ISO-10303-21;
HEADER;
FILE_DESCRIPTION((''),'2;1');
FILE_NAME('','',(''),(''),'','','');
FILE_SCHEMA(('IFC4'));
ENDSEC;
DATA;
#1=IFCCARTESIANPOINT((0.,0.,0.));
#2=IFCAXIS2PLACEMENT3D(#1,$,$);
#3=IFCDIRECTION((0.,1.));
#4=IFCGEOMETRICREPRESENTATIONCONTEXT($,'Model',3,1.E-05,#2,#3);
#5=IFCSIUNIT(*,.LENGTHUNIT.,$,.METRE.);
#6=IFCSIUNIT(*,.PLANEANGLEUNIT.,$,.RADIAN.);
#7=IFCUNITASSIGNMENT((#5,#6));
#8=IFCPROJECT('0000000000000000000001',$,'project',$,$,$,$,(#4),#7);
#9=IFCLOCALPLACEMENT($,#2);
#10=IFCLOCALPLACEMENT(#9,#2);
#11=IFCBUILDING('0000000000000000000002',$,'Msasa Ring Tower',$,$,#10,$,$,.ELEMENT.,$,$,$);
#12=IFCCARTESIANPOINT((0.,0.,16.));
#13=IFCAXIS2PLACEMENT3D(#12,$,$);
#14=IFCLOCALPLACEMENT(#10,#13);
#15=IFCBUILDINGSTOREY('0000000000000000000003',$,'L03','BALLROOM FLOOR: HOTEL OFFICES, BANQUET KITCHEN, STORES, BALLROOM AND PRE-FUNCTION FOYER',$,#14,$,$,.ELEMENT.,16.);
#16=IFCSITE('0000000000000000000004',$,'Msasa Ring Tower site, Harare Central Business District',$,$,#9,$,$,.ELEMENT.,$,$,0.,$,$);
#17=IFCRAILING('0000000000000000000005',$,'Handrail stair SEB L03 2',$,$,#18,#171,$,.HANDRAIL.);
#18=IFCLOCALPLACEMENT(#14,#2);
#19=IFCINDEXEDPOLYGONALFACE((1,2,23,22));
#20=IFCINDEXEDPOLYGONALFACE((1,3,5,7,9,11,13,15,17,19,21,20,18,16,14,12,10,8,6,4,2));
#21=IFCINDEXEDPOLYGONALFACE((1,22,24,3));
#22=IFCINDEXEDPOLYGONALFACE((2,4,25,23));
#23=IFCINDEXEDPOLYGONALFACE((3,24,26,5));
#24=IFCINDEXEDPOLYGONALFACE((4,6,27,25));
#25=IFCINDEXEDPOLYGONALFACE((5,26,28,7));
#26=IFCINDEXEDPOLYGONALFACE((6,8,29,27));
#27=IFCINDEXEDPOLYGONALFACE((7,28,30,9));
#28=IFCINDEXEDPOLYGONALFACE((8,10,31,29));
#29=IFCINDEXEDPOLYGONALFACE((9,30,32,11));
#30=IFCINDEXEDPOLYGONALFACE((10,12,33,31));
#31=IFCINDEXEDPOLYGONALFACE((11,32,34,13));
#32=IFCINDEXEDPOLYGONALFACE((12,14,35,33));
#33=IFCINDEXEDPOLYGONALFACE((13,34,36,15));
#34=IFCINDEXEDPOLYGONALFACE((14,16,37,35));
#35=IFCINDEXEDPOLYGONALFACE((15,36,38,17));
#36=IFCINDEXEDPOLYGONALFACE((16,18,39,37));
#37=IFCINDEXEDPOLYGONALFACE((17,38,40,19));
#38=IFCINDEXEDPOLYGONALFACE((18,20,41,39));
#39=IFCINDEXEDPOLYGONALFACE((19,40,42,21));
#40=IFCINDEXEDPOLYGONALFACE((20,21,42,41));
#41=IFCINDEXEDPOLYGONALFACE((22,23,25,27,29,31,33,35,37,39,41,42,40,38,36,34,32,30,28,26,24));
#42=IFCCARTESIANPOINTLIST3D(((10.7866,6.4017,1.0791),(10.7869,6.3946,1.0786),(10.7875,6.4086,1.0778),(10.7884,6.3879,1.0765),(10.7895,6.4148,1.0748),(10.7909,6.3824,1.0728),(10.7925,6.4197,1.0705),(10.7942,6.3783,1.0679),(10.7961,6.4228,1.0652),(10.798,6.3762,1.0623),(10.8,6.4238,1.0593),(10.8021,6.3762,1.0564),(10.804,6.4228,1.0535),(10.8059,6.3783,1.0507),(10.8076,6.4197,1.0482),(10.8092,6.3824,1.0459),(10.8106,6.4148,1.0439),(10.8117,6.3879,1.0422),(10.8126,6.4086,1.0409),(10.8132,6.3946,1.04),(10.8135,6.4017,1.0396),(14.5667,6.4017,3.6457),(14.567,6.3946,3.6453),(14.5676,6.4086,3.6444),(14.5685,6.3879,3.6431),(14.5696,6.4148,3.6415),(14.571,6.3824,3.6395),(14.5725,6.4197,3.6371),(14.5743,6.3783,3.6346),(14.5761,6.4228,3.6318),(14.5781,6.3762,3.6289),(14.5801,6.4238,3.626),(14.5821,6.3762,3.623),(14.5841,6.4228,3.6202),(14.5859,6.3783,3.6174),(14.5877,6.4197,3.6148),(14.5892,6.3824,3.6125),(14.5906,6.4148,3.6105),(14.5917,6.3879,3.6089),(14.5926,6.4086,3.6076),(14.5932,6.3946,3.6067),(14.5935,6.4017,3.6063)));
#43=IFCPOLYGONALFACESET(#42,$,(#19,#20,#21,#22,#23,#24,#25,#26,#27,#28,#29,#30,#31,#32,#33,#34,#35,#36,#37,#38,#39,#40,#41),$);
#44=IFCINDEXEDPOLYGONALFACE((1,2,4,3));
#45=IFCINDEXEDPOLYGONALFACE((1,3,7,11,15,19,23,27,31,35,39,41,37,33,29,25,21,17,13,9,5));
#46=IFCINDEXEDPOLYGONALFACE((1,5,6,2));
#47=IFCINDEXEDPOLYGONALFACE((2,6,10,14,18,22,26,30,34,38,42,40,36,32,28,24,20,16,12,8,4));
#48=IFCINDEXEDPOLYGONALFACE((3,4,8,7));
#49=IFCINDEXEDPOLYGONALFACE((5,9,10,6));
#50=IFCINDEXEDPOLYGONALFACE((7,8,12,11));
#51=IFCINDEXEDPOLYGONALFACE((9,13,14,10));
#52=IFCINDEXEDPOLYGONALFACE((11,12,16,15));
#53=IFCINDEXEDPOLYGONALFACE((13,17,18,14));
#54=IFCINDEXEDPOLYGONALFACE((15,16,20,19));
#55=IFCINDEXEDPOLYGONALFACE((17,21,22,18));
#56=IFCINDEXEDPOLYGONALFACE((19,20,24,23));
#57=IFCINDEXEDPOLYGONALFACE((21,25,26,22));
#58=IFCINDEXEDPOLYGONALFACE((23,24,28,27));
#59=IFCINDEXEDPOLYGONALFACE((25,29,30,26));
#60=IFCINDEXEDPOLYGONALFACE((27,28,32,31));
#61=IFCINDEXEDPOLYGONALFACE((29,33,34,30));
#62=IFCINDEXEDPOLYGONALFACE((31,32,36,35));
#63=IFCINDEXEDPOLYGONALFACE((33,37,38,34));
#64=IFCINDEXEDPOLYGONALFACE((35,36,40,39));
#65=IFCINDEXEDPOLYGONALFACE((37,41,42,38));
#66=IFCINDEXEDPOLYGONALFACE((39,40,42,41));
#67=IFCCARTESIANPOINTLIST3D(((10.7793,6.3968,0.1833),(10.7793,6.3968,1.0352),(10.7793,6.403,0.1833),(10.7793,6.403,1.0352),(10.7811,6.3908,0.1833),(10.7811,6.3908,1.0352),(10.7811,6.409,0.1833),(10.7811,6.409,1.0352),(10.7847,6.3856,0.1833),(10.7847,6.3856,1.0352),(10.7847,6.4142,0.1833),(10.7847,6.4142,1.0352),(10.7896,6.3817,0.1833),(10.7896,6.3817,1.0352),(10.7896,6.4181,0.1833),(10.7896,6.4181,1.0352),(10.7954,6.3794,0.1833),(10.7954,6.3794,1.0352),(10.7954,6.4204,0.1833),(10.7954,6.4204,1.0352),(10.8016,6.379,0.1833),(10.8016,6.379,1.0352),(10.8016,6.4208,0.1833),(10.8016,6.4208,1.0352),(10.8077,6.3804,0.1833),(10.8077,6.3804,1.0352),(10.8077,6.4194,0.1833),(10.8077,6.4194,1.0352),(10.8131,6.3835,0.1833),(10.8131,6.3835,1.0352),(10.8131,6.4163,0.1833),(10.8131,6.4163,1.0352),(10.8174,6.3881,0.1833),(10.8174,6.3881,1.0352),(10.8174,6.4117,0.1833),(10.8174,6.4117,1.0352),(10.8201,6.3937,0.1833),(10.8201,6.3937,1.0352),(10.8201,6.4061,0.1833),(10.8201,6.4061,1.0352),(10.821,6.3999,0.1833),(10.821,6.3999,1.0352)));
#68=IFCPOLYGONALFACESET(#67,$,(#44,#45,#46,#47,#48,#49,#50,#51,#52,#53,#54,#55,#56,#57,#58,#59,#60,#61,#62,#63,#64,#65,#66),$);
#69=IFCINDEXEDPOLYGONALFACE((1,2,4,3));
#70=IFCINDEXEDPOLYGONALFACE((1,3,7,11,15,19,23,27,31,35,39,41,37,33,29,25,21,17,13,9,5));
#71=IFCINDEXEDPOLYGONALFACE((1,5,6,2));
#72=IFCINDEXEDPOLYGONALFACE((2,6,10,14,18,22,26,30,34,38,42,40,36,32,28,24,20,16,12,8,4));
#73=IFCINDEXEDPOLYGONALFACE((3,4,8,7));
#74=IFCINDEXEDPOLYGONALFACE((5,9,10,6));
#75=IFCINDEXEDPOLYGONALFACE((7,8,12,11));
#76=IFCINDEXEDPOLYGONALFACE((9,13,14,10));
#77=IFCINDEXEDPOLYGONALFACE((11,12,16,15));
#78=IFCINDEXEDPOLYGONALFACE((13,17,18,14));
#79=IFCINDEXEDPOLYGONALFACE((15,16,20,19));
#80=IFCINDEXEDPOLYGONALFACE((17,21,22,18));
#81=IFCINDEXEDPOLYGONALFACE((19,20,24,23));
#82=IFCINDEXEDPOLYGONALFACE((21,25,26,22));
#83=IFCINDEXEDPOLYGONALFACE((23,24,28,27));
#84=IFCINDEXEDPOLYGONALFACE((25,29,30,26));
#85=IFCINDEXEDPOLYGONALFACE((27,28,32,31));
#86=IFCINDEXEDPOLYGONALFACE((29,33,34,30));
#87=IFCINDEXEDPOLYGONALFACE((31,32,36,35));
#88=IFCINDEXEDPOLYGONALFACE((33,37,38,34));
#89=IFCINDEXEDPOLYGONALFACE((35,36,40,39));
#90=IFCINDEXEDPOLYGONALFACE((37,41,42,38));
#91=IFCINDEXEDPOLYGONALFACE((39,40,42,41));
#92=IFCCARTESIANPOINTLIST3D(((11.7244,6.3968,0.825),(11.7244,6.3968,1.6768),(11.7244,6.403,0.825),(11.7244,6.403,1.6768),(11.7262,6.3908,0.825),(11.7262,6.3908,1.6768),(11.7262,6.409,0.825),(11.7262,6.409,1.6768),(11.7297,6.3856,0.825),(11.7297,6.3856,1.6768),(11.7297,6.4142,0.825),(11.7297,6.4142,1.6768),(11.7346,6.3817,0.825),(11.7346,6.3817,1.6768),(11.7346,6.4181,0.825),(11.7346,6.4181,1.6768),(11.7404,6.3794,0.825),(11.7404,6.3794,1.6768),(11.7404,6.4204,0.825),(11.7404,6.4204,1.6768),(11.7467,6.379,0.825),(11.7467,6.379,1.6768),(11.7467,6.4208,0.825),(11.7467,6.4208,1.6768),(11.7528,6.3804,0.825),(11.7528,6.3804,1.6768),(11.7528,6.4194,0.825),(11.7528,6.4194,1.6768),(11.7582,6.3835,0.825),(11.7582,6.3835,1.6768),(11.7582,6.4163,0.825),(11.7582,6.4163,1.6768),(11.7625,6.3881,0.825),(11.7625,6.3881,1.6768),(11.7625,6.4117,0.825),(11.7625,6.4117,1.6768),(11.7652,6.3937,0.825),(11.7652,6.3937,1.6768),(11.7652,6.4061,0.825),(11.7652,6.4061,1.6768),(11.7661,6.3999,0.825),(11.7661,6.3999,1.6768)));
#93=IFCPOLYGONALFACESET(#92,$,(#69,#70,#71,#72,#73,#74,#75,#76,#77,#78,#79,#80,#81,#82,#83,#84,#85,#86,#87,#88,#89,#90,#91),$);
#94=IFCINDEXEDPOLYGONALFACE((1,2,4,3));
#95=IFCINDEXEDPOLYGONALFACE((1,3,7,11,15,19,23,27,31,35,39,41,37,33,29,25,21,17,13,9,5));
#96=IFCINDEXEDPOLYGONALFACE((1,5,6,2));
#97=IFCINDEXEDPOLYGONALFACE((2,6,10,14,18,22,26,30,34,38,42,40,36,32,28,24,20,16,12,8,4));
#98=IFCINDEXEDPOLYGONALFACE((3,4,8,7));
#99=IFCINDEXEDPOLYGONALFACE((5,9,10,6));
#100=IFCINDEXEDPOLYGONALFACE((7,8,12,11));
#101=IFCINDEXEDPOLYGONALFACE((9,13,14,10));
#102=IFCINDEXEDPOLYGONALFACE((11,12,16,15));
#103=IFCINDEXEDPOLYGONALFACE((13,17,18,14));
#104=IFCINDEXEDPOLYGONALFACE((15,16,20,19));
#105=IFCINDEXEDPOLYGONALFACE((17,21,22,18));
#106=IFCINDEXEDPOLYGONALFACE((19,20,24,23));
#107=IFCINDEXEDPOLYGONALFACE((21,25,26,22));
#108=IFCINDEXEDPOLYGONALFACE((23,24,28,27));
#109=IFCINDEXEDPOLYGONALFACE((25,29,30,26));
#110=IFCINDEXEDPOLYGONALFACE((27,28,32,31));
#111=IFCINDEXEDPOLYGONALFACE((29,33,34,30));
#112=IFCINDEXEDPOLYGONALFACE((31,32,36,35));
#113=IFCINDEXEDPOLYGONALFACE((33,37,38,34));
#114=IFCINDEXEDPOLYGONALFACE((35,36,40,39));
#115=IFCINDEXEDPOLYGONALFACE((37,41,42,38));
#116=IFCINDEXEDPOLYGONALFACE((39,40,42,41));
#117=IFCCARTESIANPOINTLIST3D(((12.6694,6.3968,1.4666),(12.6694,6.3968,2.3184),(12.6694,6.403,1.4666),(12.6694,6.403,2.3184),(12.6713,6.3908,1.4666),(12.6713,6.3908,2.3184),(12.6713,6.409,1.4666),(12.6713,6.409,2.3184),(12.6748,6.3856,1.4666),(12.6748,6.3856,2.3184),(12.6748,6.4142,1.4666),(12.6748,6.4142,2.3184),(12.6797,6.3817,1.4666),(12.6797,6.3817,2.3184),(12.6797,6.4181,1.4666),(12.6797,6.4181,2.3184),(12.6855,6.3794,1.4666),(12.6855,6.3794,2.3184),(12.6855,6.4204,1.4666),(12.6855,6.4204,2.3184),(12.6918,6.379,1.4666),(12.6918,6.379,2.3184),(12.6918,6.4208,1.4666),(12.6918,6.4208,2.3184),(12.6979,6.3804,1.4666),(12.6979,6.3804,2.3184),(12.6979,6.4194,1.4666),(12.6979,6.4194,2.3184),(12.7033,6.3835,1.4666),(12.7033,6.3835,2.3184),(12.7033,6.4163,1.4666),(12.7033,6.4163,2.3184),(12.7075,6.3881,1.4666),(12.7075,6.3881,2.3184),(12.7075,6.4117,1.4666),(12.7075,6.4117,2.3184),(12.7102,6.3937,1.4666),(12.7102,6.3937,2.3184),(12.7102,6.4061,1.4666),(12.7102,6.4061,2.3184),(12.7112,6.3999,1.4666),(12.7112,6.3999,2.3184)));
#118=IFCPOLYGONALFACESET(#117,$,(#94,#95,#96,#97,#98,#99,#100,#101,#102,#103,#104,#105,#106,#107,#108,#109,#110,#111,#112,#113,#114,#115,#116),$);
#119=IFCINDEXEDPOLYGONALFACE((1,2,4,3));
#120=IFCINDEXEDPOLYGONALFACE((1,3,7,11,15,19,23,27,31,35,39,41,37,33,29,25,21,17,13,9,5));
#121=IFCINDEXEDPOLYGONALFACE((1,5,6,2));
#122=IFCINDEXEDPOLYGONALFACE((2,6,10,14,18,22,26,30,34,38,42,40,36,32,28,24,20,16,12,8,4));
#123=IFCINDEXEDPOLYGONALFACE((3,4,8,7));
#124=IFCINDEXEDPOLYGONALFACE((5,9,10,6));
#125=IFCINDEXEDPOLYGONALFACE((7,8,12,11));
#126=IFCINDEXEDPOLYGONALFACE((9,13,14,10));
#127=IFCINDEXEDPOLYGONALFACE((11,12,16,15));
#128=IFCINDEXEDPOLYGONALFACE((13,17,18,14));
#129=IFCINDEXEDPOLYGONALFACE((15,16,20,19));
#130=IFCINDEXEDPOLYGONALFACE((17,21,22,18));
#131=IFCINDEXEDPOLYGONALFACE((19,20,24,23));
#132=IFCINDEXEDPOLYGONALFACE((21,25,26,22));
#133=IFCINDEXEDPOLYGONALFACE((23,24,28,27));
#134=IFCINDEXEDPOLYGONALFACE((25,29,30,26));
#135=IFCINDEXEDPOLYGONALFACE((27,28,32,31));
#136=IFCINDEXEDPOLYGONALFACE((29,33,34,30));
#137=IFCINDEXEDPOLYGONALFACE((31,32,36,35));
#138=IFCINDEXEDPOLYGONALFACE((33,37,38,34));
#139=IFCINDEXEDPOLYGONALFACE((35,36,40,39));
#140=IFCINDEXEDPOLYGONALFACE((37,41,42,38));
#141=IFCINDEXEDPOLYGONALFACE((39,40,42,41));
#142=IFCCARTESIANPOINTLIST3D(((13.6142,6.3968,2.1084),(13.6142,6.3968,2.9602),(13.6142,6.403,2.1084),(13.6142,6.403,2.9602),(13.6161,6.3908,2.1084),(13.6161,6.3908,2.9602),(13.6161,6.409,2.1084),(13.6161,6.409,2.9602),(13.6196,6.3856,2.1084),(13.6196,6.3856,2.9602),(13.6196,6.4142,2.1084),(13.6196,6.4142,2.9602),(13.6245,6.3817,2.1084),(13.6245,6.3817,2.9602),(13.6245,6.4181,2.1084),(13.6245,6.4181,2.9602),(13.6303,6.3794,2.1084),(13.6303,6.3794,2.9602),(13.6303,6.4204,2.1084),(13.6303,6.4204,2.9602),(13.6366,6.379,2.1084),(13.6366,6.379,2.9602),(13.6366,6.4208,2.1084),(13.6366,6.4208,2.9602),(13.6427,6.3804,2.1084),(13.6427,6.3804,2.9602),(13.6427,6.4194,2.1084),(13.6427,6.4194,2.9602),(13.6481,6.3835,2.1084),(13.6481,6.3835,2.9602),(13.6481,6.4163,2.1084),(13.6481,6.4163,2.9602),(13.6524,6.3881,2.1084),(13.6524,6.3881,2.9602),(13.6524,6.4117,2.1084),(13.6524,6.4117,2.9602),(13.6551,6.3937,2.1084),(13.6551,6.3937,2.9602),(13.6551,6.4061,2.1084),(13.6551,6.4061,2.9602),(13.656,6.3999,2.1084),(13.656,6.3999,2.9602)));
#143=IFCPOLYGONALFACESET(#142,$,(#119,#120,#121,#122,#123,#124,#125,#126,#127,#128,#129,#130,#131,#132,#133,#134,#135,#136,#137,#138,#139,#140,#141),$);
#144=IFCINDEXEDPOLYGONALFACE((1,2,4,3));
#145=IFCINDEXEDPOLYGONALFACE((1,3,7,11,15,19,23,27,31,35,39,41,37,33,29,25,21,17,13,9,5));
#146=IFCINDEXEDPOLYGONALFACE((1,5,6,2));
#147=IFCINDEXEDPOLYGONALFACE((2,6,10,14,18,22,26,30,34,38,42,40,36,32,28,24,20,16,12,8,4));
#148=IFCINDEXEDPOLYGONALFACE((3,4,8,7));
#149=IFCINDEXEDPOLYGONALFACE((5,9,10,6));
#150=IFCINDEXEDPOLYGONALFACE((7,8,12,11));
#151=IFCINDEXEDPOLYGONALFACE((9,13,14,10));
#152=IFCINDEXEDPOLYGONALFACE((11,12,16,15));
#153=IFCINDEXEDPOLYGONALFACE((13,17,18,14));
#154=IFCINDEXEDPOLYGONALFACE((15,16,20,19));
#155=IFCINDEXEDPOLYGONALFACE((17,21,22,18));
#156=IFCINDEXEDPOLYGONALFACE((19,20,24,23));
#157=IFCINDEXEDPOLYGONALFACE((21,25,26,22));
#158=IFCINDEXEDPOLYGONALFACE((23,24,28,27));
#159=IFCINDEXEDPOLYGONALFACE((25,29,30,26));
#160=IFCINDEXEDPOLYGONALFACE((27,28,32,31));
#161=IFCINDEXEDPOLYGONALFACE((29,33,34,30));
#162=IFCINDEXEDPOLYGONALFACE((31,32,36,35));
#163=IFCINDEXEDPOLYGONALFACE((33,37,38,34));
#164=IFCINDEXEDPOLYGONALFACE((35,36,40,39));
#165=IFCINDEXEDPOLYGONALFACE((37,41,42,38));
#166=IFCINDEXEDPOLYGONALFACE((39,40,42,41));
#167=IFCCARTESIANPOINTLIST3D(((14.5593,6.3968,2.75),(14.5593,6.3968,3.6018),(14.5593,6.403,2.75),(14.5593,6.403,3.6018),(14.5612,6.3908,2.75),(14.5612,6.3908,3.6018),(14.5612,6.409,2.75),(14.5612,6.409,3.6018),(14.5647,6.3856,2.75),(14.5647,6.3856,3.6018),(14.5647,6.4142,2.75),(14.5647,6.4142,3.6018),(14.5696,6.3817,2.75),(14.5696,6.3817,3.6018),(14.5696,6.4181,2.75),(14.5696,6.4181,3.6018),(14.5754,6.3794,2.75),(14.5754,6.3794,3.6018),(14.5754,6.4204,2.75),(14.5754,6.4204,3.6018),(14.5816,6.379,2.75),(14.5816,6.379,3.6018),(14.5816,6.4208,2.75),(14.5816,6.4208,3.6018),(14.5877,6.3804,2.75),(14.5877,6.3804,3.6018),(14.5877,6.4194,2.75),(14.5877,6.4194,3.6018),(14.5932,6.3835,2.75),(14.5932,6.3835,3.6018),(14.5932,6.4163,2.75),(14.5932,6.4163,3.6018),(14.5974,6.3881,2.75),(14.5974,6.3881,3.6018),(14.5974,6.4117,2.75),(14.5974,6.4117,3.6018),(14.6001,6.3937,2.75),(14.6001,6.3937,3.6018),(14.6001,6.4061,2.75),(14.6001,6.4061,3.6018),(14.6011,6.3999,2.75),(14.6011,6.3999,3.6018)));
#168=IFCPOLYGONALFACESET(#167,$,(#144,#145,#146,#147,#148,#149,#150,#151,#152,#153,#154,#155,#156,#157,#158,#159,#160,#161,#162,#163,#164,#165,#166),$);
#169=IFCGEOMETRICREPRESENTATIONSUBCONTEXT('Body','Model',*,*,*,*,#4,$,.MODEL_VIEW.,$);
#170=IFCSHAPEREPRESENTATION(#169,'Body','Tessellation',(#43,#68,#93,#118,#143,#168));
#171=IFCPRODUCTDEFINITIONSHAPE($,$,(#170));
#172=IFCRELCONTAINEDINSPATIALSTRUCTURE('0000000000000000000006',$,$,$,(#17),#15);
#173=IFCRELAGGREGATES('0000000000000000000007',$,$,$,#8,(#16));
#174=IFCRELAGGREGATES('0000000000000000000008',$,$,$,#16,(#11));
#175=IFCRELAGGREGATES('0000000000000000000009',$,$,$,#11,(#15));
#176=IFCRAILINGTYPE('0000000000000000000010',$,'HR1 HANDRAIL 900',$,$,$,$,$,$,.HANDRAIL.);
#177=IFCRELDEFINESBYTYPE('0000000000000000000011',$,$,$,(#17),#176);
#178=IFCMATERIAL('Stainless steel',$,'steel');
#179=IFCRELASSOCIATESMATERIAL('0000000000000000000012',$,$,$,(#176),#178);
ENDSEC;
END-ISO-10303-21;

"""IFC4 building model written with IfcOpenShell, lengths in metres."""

from ifc_helpers import new_model, si_unit, direction, frame, origin, origin_2d, place, context, subcontext, project, spatial, circle, extrude, material, type_object, element, save


model = new_model("IFC4")

# Units and contexts
model_context = context("Model", 3, precision=1e-05, world=origin(), true_north=direction((0.0, 1.0)))
body_context = subcontext(model_context, "Body", "Model", "MODEL_VIEW")
ifc_project = project(units=[si_unit("LENGTHUNIT", "METRE"), si_unit("PLANEANGLEUNIT", "RADIAN")], contexts=[model_context])

# Site, building, storey
site_placement = place(None, origin())
site = spatial("IfcSite", under=ifc_project, at=site_placement, Name="Msasa Ring Tower site, Harare Central Business District", CompositionType="ELEMENT", RefElevation=0.0)
building_placement = place(site_placement, origin())
building = spatial("IfcBuilding", under=site, at=building_placement, Name="Msasa Ring Tower", CompositionType="ELEMENT")
storey_placement = place(building_placement, frame((0.0, 0.0, 16.0)))
storey = spatial("IfcBuildingStorey", under=building, at=storey_placement, Name="L03", Description="BALLROOM FLOOR: HOTEL OFFICES, BANQUET KITCHEN, STORES, BALLROOM AND PRE-FUNCTION FOYER", CompositionType="ELEMENT", Elevation=16.0)

# Railing
ifc_material_1 = material(Name="Stainless steel", Category="steel")
railing_type = type_object("IfcRailingType", Name="HR1 HANDRAIL 900", PredefinedType="HANDRAIL", material=ifc_material_1)
for number, where, name in (
    (1, (10.8, 6.3999, 0.1833), "Handrail stair SEB L03 2"),
):
    element("IfcRailing", number, at=place(storey_placement, frame(where)), inside=storey, type_object=railing_type, Name=name, PredefinedType="HANDRAIL", context=body_context, shape_type="SweptSolid", body=[
        extrude(circle(Radius=0.0239, at=origin_2d()), frame((0.0, 0.0, 0.876), z_axis=(0.82731, 0.0, 0.561746), x_axis=(0.0, 1.0, 0.0)), (0.0, 0.0, 1.0), 4.5691),
        extrude(circle(Radius=0.021, at=origin_2d()), origin(), (0.0, 0.0, 1.0), 0.8518),
        extrude(circle(Radius=0.021, at=origin_2d()), frame((0.9451, 0.0, 0.6416)), (0.0, 0.0, 1.0), 0.8518),
        extrude(circle(Radius=0.021, at=origin_2d()), frame((1.8901, 0.0, 1.2832)), (0.0, 0.0, 1.0), 0.8518),
        extrude(circle(Radius=0.021, at=origin_2d()), frame((2.835, 0.0, 1.925)), (0.0, 0.0, 1.0), 0.8518),
        extrude(circle(Radius=0.021, at=origin_2d()), frame((3.78, 0.0, 2.5667)), (0.0, 0.0, 1.0), 0.8518),
    ])

save(model, "model.ifc")
